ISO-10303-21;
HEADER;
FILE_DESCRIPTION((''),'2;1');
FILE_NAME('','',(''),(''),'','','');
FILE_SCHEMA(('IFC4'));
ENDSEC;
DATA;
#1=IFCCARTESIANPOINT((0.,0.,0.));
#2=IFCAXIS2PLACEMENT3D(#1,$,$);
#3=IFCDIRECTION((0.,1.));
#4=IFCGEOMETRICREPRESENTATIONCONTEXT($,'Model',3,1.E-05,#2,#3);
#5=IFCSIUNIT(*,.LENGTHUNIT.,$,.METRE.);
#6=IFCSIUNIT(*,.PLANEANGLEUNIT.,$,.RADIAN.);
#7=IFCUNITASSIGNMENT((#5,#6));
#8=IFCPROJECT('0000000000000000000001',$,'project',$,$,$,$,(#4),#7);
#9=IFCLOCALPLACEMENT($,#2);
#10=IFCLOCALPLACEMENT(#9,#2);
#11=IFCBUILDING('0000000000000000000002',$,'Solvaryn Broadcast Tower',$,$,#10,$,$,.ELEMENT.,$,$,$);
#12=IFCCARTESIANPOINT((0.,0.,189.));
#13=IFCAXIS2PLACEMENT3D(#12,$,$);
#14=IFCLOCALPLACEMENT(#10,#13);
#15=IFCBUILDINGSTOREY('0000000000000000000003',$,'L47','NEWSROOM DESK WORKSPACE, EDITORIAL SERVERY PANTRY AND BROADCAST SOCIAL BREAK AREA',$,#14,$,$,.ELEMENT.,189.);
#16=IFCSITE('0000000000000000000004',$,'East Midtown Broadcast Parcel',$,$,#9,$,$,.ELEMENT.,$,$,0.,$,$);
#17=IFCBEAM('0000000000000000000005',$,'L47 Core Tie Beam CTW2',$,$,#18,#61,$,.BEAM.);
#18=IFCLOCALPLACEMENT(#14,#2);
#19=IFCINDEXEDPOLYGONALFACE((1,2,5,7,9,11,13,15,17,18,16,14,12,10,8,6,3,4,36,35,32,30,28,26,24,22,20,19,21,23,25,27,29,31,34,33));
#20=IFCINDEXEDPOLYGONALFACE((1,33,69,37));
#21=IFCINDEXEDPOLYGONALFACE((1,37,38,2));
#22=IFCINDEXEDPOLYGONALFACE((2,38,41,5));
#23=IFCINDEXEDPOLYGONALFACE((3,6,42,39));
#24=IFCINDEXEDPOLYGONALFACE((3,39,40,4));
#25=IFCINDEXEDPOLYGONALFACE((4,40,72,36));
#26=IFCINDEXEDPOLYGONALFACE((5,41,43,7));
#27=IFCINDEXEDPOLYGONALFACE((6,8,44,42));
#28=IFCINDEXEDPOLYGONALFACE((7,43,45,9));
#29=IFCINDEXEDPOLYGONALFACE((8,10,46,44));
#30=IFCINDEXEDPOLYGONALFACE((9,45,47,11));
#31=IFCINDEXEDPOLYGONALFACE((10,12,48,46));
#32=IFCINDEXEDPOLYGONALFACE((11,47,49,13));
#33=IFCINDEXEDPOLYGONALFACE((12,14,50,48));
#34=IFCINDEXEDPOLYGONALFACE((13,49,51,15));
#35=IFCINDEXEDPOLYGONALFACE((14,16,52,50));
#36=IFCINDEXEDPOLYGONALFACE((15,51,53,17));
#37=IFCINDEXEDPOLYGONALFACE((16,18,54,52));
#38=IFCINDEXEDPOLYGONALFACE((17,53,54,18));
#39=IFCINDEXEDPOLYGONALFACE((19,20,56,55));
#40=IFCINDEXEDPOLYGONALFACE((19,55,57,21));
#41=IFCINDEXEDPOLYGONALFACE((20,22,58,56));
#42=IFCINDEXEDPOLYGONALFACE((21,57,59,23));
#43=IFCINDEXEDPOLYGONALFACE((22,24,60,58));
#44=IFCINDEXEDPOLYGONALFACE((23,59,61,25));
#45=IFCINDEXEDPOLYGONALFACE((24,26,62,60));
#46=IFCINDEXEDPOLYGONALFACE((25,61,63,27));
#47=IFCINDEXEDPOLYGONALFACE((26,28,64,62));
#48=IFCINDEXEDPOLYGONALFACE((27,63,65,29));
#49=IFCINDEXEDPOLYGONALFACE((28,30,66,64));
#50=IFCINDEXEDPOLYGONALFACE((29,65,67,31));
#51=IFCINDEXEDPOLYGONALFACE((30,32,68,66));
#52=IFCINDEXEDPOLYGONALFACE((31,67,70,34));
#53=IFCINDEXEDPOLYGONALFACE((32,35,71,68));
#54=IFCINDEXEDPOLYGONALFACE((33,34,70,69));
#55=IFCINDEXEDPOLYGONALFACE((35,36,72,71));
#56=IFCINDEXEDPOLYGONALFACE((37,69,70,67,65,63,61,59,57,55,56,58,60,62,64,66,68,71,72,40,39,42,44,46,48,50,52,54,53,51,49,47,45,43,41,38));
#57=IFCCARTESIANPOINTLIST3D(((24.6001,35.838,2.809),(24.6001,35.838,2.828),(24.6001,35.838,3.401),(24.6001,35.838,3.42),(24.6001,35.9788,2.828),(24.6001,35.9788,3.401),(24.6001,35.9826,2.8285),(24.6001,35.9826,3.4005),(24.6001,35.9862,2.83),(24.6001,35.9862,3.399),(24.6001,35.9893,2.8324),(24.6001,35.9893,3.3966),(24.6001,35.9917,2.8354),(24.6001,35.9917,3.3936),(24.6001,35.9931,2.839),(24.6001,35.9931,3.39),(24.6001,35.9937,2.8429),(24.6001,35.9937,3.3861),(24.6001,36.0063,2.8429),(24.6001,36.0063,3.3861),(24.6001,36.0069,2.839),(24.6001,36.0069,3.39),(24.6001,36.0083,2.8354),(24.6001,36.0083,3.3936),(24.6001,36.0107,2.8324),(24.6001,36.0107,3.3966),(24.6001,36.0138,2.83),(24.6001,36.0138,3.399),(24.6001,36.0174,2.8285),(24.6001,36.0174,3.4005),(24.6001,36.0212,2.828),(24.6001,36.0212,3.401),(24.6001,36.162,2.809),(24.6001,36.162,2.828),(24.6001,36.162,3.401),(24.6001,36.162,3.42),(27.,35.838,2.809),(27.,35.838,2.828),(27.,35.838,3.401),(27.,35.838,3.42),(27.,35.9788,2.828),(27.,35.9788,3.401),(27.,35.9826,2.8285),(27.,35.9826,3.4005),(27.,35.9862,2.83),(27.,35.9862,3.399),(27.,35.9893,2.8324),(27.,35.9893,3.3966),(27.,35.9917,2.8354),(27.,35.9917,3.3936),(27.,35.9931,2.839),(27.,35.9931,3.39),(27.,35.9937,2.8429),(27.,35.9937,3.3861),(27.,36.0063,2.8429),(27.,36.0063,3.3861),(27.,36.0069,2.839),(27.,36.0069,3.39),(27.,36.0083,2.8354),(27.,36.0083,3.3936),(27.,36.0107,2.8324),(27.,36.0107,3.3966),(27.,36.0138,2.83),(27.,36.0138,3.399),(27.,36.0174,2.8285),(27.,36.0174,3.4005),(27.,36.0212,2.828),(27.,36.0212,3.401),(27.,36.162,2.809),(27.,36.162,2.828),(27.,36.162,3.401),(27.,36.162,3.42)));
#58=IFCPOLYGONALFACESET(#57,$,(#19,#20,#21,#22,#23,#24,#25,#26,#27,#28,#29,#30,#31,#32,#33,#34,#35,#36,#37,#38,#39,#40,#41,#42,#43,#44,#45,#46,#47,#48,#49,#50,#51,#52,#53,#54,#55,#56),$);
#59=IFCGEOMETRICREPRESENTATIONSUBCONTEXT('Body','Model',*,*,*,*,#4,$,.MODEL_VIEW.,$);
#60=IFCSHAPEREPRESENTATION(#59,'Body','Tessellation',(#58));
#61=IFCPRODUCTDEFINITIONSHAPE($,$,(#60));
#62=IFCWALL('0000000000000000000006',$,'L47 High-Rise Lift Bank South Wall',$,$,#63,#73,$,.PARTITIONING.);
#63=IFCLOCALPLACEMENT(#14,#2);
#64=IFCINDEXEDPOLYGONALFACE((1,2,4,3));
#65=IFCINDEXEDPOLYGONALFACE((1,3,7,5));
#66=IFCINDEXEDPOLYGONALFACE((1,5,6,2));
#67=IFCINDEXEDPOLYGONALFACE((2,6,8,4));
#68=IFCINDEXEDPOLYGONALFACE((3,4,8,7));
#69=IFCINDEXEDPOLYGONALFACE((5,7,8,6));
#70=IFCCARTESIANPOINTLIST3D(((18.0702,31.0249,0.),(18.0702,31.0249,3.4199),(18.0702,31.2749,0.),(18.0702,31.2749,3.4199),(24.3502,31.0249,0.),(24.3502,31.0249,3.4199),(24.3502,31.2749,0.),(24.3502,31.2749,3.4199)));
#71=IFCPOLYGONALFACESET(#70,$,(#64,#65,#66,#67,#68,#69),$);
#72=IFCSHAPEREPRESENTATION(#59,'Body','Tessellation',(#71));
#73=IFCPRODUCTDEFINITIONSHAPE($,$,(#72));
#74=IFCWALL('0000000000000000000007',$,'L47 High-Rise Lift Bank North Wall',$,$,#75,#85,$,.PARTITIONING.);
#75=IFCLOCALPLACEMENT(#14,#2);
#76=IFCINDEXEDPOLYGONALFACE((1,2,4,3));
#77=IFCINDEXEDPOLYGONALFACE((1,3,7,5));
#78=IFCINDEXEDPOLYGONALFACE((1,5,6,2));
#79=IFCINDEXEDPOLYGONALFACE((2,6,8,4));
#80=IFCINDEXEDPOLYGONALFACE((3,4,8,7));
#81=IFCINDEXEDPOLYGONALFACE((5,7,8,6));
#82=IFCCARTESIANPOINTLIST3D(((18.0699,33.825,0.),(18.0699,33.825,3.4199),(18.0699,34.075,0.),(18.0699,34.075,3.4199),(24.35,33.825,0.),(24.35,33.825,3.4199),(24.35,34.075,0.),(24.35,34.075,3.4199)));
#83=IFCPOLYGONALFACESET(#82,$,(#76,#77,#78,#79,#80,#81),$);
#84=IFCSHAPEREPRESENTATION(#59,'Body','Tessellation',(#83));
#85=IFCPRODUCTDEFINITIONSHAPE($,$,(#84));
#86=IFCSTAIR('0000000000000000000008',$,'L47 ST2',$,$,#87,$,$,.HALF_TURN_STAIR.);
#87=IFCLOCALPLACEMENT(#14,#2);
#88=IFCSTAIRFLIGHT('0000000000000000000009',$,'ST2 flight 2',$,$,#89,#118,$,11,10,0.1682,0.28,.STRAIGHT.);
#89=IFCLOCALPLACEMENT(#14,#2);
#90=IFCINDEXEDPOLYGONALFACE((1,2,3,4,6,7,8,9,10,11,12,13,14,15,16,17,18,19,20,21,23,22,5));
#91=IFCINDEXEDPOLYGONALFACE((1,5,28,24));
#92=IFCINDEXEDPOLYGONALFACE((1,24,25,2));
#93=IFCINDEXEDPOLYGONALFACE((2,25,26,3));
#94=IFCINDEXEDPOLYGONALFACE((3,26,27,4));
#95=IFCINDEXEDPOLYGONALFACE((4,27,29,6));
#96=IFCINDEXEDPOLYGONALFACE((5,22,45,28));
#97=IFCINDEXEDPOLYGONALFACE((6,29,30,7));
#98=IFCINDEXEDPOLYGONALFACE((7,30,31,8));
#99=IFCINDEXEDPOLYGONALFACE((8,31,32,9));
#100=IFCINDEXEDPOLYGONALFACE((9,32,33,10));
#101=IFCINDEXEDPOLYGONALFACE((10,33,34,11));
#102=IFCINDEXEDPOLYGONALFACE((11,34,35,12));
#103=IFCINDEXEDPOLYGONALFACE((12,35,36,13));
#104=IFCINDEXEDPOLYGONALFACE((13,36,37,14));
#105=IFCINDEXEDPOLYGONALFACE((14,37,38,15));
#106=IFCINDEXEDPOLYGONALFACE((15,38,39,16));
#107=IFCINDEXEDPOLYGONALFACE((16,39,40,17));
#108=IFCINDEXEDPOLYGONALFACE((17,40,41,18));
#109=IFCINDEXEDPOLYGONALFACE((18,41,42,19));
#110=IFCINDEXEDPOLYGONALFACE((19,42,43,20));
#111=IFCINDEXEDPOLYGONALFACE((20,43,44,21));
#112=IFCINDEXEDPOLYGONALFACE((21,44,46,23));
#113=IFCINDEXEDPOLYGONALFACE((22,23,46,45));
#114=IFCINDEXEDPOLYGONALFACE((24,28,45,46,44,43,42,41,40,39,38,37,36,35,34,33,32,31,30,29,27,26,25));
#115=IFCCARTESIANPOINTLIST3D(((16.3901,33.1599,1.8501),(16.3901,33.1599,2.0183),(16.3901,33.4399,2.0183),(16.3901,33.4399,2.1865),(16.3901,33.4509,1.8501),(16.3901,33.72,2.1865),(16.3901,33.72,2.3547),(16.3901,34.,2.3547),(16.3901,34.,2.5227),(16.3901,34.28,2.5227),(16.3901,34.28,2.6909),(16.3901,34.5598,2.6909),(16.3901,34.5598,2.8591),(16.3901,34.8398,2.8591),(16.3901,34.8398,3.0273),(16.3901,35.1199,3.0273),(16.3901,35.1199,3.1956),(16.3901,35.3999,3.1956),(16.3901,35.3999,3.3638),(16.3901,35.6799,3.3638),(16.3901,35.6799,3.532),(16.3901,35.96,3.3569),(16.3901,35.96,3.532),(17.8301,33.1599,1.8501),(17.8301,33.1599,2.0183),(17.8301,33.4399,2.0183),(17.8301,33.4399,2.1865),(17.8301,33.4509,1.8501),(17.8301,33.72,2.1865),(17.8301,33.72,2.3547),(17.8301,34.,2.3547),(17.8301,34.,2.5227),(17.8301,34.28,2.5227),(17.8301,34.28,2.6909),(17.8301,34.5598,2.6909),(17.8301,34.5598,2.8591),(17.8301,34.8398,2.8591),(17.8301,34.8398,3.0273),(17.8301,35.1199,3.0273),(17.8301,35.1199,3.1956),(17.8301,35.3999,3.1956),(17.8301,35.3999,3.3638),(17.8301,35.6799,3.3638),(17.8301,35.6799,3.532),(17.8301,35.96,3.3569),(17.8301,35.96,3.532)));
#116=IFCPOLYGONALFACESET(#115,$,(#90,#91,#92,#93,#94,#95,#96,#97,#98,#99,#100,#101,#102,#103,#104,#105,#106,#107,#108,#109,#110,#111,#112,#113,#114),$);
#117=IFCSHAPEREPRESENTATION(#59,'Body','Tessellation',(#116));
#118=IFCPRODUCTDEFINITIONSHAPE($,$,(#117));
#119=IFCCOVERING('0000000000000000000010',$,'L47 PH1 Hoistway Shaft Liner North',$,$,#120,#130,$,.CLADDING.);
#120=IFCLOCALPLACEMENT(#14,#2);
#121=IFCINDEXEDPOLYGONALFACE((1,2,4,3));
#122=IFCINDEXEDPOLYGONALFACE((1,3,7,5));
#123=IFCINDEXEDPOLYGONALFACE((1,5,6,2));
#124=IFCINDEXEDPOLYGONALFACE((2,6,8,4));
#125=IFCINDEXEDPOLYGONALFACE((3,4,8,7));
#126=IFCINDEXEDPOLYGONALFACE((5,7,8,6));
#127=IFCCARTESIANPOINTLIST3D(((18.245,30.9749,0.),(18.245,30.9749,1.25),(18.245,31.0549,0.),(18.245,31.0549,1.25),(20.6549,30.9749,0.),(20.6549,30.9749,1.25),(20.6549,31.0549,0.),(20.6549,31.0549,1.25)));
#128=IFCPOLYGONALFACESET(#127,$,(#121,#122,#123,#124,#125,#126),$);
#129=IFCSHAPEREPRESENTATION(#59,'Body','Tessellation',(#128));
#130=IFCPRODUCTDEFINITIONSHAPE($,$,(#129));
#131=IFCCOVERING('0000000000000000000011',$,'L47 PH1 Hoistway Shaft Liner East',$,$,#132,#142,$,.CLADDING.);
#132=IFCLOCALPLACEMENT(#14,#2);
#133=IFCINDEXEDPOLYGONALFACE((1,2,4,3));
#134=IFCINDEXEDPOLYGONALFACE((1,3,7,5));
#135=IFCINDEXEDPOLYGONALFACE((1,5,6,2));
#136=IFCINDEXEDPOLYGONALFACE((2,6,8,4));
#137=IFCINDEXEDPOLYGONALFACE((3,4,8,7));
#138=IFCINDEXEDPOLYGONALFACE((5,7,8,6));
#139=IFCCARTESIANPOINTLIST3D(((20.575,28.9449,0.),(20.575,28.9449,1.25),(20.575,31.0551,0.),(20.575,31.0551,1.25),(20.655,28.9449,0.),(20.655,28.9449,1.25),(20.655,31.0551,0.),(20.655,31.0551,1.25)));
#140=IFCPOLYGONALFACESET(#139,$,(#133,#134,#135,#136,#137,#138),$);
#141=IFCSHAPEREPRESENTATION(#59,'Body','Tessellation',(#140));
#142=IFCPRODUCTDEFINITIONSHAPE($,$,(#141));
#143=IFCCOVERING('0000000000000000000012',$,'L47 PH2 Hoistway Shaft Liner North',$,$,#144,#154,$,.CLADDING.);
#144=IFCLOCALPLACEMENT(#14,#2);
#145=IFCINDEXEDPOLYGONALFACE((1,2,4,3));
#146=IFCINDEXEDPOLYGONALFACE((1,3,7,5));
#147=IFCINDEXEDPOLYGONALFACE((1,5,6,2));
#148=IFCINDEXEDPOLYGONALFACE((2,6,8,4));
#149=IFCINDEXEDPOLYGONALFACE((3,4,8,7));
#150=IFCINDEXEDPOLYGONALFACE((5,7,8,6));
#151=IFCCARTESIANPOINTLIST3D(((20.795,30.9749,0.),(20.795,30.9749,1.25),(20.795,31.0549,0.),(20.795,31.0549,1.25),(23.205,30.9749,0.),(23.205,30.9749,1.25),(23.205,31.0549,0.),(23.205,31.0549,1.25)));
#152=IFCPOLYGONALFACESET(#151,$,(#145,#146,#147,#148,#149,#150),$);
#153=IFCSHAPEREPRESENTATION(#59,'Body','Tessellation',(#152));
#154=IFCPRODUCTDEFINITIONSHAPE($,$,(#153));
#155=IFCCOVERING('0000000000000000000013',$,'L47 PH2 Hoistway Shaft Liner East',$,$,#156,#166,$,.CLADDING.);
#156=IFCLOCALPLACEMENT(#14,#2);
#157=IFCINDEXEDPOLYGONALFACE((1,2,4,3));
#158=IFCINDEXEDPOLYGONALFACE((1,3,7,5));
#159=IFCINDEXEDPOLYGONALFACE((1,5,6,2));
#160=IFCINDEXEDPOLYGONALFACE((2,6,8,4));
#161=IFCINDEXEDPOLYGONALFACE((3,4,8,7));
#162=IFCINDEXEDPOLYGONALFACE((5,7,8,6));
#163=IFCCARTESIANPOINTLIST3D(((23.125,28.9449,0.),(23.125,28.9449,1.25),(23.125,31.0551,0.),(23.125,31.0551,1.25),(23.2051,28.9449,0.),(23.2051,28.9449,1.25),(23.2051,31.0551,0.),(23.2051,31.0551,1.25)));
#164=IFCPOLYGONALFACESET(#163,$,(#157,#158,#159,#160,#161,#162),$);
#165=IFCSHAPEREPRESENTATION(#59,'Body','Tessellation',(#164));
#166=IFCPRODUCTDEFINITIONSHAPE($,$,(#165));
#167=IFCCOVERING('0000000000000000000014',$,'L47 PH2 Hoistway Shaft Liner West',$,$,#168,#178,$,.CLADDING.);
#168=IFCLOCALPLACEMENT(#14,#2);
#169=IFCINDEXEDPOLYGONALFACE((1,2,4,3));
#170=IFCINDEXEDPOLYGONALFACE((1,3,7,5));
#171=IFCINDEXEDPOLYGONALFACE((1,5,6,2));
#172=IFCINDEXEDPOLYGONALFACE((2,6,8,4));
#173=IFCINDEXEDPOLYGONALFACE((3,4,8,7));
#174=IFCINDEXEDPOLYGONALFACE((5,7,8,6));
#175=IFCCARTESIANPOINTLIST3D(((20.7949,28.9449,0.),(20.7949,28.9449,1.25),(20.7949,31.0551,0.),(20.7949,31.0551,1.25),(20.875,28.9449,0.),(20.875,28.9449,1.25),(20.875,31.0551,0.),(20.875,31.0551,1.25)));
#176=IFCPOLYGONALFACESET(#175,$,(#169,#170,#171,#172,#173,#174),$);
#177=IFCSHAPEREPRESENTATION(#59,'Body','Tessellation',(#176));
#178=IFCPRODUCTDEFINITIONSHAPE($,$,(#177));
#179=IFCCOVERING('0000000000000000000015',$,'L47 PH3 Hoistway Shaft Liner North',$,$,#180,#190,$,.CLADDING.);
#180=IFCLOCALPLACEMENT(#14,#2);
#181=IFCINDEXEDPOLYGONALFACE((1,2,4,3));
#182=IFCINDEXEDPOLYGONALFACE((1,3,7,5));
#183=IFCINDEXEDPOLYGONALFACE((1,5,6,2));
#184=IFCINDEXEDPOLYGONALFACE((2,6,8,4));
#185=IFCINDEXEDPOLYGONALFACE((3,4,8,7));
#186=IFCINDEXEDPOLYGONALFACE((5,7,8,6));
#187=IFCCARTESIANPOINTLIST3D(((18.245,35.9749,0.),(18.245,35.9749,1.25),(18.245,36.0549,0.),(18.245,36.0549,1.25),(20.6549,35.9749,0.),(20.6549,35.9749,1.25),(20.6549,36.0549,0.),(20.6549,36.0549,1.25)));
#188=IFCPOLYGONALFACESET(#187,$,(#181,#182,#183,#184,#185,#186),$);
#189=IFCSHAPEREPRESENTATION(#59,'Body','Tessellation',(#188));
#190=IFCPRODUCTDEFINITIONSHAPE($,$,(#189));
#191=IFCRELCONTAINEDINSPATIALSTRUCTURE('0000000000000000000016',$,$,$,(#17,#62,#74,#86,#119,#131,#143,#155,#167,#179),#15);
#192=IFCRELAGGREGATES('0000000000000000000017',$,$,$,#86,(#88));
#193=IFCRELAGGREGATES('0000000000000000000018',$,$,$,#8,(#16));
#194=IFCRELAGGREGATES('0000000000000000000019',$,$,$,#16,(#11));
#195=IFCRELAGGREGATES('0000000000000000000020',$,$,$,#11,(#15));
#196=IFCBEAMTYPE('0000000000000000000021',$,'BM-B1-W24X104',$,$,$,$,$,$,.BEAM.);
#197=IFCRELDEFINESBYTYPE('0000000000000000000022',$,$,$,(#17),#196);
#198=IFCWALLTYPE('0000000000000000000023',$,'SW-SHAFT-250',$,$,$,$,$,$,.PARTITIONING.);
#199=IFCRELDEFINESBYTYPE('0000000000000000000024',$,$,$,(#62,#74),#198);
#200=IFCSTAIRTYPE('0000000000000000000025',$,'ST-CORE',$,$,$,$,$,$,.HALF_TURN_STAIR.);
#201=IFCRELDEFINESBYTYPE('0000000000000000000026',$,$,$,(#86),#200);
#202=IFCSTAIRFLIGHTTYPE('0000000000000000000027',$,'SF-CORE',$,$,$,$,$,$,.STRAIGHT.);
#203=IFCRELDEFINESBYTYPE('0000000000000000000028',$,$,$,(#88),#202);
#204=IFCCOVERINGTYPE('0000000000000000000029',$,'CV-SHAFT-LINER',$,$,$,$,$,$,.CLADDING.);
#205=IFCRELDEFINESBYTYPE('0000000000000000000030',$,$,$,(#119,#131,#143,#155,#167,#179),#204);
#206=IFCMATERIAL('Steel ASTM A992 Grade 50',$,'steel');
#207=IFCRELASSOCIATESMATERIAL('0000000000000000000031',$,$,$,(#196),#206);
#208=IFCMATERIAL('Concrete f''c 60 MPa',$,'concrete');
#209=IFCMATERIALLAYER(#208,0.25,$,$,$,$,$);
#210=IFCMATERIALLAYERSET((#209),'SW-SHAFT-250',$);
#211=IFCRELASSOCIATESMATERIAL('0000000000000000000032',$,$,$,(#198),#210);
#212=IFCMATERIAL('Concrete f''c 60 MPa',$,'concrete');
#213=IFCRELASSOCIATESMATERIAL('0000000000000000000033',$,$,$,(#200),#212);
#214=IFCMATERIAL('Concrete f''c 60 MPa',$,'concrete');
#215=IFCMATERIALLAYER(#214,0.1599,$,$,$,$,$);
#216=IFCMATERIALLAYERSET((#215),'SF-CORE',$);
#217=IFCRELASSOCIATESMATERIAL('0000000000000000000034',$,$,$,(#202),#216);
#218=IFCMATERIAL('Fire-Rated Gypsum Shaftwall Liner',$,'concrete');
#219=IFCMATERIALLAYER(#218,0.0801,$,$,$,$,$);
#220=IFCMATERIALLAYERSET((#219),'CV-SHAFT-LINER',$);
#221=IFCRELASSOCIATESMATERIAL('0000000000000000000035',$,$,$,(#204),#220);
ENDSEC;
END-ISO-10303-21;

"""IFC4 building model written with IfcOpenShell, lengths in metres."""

from ifc_helpers import new_model, si_unit, direction, frame, frame_2d, origin, origin_2d, place, context, subcontext, project, spatial, polyline, rectangle, i_section, outline, extrude, material, layer, layer_set, material_profile, profile_set, type_object, element, aggregate, save


model = new_model("IFC4")

# Units and contexts
model_context = context("Model", 3, precision=1e-05, world=origin(), true_north=direction((0.0, 1.0)))
body_context = subcontext(model_context, "Body", "Model", "MODEL_VIEW")
ifc_project = project(units=[si_unit("LENGTHUNIT", "METRE"), si_unit("PLANEANGLEUNIT", "RADIAN")], contexts=[model_context])

# Site, building, storey
site_placement = place(None, origin())
site = spatial("IfcSite", under=ifc_project, at=site_placement, Name="East Midtown Broadcast Parcel", CompositionType="ELEMENT", RefElevation=0.0)
building_placement = place(site_placement, origin())
building = spatial("IfcBuilding", under=site, at=building_placement, Name="Solvaryn Broadcast Tower", CompositionType="ELEMENT")
storey_placement = place(building_placement, frame((0.0, 0.0, 189.0)))
storey = spatial("IfcBuildingStorey", under=building, at=storey_placement, Name="L47", Description="NEWSROOM DESK WORKSPACE, EDITORIAL SERVERY PANTRY AND BROADCAST SOCIAL BREAK AREA", CompositionType="ELEMENT", Elevation=189.0)

# Beam
ifc_material_1 = material(Name="Steel ASTM A992 Grade 50", Category="steel")
ifc_material_profile = material_profile(ifc_material_1, i_section(OverallWidth=0.324, OverallDepth=0.6111, WebThickness=0.0127, FlangeThickness=0.019, FilletRadius=0.0149, at=origin_2d()))
ifc_profile_set = profile_set([ifc_material_profile], Name="Steel ASTM A992 Grade 50")
beam_type = type_object("IfcBeamType", Name="BM-B1-W24X104", PredefinedType="BEAM", material=ifc_profile_set)
beam_placement = place(storey_placement, frame((24.6001, 36.0, 3.1145), z_axis=(1.0, 0.0, 0.0), x_axis=(0.0, 1.0, 0.0)))
element("IfcBeam", 1, at=beam_placement, inside=storey, type_object=beam_type, Name="L47 Core Tie Beam CTW2", PredefinedType="BEAM", context=body_context, shape_type="SweptSolid", body=[
    extrude(i_section(OverallWidth=0.324, OverallDepth=0.6111, WebThickness=0.0127, FlangeThickness=0.019, FilletRadius=0.0149, at=origin_2d()), origin(), (0.0, 0.0, 1.0), 2.3999),
])

# Walls
ifc_material_2 = material(Name="Concrete f'c 60 MPa", Category="concrete")
ifc_layer_1 = layer(ifc_material_2, 0.25)
ifc_layer_set_1 = layer_set([ifc_layer_1], Name="SW-SHAFT-250")
wall_type = type_object("IfcWallType", Name="SW-SHAFT-250", PredefinedType="PARTITIONING", material=ifc_layer_set_1)
for number, where, z_axis, x_axis, name in (
    (2, (18.0701, 31.1499, 0.0), (0.0, 0.0, 1.0), (1.0, 0.0, 0.0), "L47 High-Rise Lift Bank South Wall"),
    (3, (24.3501, 33.95, 0.0), (0.0, 0.0, 1.0), (-1.0, 0.0, 0.0), "L47 High-Rise Lift Bank North Wall"),
):
    element("IfcWall", number, at=place(storey_placement, frame(where, z_axis=z_axis, x_axis=x_axis)), inside=storey, type_object=wall_type, Name=name, PredefinedType="PARTITIONING", context=body_context, shape_type="SweptSolid", body=[
        extrude(rectangle(XDim=6.28, YDim=0.25, at=frame_2d((3.1401, 0.0))), origin(), (0.0, 0.0, 1.0), 3.4199),
    ])

# Stair, stair flight
ifc_material_3 = material(Name="Concrete f'c 60 MPa", Category="concrete")
stair_type = type_object("IfcStairType", Name="ST-CORE", PredefinedType="HALF_TURN_STAIR", material=ifc_material_3)
stair_placement = place(storey_placement, origin())
stair = element("IfcStair", 4, at=stair_placement, inside=storey, type_object=stair_type, Name="L47 ST2", PredefinedType="HALF_TURN_STAIR")
ifc_material_4 = material(Name="Concrete f'c 60 MPa", Category="concrete")
ifc_layer_2 = layer(ifc_material_4, 0.1599)
ifc_layer_set_2 = layer_set([ifc_layer_2], Name="SF-CORE")
stair_flight_type = type_object("IfcStairFlightType", Name="SF-CORE", PredefinedType="STRAIGHT", material=ifc_layer_set_2)
stair_flight_placement = place(storey_placement, frame((17.1101, 33.1599, 1.8501), z_axis=(0.0, 0.0, 1.0), x_axis=(0.0, 1.0, 0.0)))
stair_flight = element("IfcStairFlight", 5, at=stair_flight_placement, type_object=stair_flight_type, Name="ST2 flight 2", NumberOfRisers=11, NumberOfTreads=10, PredefinedType="STRAIGHT", RiserHeight=0.1682, TreadLength=0.28, context=body_context, shape_type="SweptSolid", body=[
    extrude(outline(polyline([(0.0, 0.0), (0.0, 0.1682), (0.28, 0.1682), (0.28, 0.3364), (0.5601, 0.3364), (0.5601, 0.5046), (0.8401, 0.5046), (0.8401, 0.6726), (1.1201, 0.6726), (1.1201, 0.8408), (1.3999, 0.8408), (1.3999, 1.009), (1.6799, 1.009), (1.6799, 1.1772), (1.96, 1.1772), (1.96, 1.3455), (2.24, 1.3455), (2.24, 1.5137), (2.52, 1.5137), (2.52, 1.6819), (2.8, 1.6819), (2.8, 1.8501), (2.8, 1.5068), (0.291, 0.0), (0.0, 0.0)])), frame((0.0, 0.72, 0.0), z_axis=(0.0, -1.0, 0.0), x_axis=(1.0, 0.0, 0.0)), (0.0, 0.0, 1.0), 1.4399),
])
aggregate(stair, [stair_flight])

# Coverings
ifc_material_5 = material(Name="Fire-Rated Gypsum Shaftwall Liner", Category="concrete")
ifc_layer_3 = layer(ifc_material_5, 0.0801)
ifc_layer_set_3 = layer_set([ifc_layer_3], Name="CV-SHAFT-LINER")
covering_type = type_object("IfcCoveringType", Name="CV-SHAFT-LINER", PredefinedType="CLADDING", material=ifc_layer_set_3)
covering_1_placement = place(storey_placement, frame((19.45, 31.0149, 0.0), z_axis=(0.0, 0.0, 1.0), x_axis=(1.0, 0.0, 0.0)))
element("IfcCovering", 6, at=covering_1_placement, inside=storey, type_object=covering_type, Name="L47 PH1 Hoistway Shaft Liner North", PredefinedType="CLADDING", context=body_context, shape_type="SweptSolid", body=[
    extrude(rectangle(XDim=2.4099, YDim=0.0801, at=origin_2d()), origin(), (0.0, 0.0, 1.0), 1.25),
])
covering_2_placement = place(storey_placement, frame((20.615, 30.0, 0.0), z_axis=(0.0, 0.0, 1.0), x_axis=(1.0, 0.0, 0.0)))
element("IfcCovering", 7, at=covering_2_placement, inside=storey, type_object=covering_type, Name="L47 PH1 Hoistway Shaft Liner East", PredefinedType="CLADDING", context=body_context, shape_type="SweptSolid", body=[
    extrude(rectangle(XDim=0.0801, YDim=2.1101, at=origin_2d()), origin(), (0.0, 0.0, 1.0), 1.25),
])
covering_3_placement = place(storey_placement, frame((22.0, 31.0149, 0.0), z_axis=(0.0, 0.0, 1.0), x_axis=(1.0, 0.0, 0.0)))
element("IfcCovering", 8, at=covering_3_placement, inside=storey, type_object=covering_type, Name="L47 PH2 Hoistway Shaft Liner North", PredefinedType="CLADDING", context=body_context, shape_type="SweptSolid", body=[
    extrude(rectangle(XDim=2.4099, YDim=0.0801, at=origin_2d()), origin(), (0.0, 0.0, 1.0), 1.25),
])
for number, where, z_axis, x_axis, name in (
    (9, (23.165, 30.0, 0.0), (0.0, 0.0, 1.0), (1.0, 0.0, 0.0), "L47 PH2 Hoistway Shaft Liner East"),
    (10, (20.835, 30.0, 0.0), (0.0, 0.0, 1.0), (1.0, 0.0, 0.0), "L47 PH2 Hoistway Shaft Liner West"),
):
    element("IfcCovering", number, at=place(storey_placement, frame(where, z_axis=z_axis, x_axis=x_axis)), inside=storey, type_object=covering_type, Name=name, PredefinedType="CLADDING", context=body_context, shape_type="SweptSolid", body=[
        extrude(rectangle(XDim=0.0801, YDim=2.1101, at=origin_2d()), origin(), (0.0, 0.0, 1.0), 1.25),
    ])
for number, where, z_axis, x_axis, name in (
    (11, (19.45, 36.0149, 0.0), (0.0, 0.0, 1.0), (1.0, 0.0, 0.0), "L47 PH3 Hoistway Shaft Liner North"),
):
    element("IfcCovering", number, at=place(storey_placement, frame(where, z_axis=z_axis, x_axis=x_axis)), inside=storey, type_object=covering_type, Name=name, PredefinedType="CLADDING", context=body_context, shape_type="SweptSolid", body=[
        extrude(rectangle(XDim=2.4099, YDim=0.0801, at=origin_2d()), origin(), (0.0, 0.0, 1.0), 1.25),
    ])

save(model, "model.ifc")
